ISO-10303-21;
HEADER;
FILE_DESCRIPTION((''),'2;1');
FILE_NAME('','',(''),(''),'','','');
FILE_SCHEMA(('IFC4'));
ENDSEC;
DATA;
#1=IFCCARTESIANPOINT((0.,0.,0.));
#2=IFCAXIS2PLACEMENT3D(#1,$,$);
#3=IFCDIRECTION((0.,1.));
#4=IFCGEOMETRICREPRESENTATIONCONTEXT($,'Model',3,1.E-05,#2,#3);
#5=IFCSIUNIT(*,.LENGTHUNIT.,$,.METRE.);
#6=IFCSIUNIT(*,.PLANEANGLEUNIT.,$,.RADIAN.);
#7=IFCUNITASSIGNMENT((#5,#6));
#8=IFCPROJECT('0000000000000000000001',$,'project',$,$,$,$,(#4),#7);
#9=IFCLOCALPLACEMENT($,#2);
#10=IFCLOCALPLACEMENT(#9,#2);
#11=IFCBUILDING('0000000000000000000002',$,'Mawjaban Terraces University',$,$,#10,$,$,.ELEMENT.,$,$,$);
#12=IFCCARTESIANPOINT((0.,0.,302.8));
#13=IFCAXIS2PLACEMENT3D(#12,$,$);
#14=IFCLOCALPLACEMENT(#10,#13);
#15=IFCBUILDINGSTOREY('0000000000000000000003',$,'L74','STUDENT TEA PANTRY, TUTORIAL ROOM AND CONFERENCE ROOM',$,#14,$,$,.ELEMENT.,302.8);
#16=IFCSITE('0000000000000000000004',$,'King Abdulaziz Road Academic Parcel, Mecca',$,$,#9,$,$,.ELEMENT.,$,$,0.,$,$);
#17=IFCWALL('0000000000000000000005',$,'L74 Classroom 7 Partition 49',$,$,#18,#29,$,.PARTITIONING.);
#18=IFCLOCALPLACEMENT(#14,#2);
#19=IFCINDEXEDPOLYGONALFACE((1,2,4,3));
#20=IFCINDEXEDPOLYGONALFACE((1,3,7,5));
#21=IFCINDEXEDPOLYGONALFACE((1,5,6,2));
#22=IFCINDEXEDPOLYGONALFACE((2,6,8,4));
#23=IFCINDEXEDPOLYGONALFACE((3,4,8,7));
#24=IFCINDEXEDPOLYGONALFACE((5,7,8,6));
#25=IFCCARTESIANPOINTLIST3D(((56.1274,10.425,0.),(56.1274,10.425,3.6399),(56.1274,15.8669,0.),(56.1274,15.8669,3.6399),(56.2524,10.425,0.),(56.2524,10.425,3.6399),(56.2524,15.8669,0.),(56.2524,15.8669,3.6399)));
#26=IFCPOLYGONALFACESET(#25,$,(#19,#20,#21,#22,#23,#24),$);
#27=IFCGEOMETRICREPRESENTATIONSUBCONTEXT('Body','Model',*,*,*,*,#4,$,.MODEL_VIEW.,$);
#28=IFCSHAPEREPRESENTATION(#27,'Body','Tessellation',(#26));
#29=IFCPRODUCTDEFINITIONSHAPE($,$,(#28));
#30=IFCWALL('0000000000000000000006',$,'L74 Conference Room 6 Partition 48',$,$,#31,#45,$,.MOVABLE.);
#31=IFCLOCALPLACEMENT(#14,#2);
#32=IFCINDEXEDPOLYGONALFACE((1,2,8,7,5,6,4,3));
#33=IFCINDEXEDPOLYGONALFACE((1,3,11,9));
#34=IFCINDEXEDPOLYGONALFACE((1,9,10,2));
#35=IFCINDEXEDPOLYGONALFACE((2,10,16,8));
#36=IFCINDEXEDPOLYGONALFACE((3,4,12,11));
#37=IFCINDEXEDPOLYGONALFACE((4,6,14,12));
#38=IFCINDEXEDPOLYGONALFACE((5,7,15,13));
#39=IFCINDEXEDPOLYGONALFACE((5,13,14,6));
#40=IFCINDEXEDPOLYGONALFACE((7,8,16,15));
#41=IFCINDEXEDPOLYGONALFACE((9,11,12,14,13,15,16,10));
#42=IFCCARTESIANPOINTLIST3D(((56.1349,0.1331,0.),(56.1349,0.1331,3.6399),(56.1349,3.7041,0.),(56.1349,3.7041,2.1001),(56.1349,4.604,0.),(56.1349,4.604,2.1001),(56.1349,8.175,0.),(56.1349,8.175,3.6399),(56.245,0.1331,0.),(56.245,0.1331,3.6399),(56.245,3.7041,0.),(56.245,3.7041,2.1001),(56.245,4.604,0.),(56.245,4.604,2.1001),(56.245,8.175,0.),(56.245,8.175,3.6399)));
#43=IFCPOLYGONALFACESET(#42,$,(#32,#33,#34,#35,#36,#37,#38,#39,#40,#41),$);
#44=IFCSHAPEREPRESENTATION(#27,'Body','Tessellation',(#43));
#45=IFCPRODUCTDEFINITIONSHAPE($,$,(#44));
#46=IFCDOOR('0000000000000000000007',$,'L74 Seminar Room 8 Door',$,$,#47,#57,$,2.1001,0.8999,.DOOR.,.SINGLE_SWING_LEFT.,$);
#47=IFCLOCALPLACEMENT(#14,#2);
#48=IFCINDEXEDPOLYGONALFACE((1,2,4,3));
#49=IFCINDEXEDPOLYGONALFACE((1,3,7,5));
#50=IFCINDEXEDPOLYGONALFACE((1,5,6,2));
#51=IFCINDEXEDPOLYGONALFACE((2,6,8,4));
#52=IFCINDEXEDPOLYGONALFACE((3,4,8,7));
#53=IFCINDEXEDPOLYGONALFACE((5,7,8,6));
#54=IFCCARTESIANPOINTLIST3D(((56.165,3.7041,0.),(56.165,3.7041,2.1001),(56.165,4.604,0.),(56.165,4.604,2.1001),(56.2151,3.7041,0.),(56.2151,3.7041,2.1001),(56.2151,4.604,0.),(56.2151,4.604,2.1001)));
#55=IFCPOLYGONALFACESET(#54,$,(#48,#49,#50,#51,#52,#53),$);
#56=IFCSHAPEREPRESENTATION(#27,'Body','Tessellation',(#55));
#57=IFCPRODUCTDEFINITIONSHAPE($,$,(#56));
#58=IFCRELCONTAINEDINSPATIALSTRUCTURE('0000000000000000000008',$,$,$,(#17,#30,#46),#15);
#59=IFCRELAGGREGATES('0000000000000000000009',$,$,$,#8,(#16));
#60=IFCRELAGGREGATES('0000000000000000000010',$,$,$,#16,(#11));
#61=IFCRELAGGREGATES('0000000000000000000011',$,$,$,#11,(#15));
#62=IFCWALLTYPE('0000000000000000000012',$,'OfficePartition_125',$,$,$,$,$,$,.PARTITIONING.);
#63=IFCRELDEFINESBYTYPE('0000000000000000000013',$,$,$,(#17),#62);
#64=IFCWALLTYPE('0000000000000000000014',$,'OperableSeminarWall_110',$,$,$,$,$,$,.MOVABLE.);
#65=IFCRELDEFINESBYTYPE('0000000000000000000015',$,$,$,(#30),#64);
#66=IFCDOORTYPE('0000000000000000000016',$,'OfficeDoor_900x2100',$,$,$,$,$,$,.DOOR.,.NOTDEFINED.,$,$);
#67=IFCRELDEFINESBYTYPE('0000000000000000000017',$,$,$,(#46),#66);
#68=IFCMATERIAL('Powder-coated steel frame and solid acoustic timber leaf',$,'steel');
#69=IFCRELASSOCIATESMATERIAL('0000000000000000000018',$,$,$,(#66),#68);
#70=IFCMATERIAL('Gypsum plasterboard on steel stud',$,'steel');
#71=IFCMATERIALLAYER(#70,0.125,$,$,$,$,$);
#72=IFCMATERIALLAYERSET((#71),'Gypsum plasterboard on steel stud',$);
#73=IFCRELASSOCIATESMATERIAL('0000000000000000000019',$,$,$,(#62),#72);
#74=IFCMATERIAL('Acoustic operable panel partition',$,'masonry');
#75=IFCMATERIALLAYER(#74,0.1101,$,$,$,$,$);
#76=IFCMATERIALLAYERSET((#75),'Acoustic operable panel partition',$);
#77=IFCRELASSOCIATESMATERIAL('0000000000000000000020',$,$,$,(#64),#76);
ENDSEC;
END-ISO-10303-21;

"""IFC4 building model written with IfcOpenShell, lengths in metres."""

from ifc_helpers import new_model, si_unit, direction, frame, frame_2d, origin, place, context, subcontext, project, spatial, rectangle, extrude, material, layer, layer_set, type_object, element, fill, save


model = new_model("IFC4")

# Units and contexts
model_context = context("Model", 3, precision=1e-05, world=origin(), true_north=direction((0.0, 1.0)))
body_context = subcontext(model_context, "Body", "Model", "MODEL_VIEW")
ifc_project = project(units=[si_unit("LENGTHUNIT", "METRE"), si_unit("PLANEANGLEUNIT", "RADIAN")], contexts=[model_context])

# Site, building, storey
site_placement = place(None, origin())
site = spatial("IfcSite", under=ifc_project, at=site_placement, Name="King Abdulaziz Road Academic Parcel, Mecca", CompositionType="ELEMENT", RefElevation=0.0)
building_placement = place(site_placement, origin())
building = spatial("IfcBuilding", under=site, at=building_placement, Name="Mawjaban Terraces University", CompositionType="ELEMENT")
storey_placement = place(building_placement, frame((0.0, 0.0, 302.8)))
storey = spatial("IfcBuildingStorey", under=building, at=storey_placement, Name="L74", Description="STUDENT TEA PANTRY, TUTORIAL ROOM AND CONFERENCE ROOM", CompositionType="ELEMENT", Elevation=302.8)

# Shared definitions
ifc_material_1 = material(Name="Powder-coated steel frame and solid acoustic timber leaf", Category="steel")
door_type_1 = type_object("IfcDoorType", Name="OfficeDoor_900x2100", OperationType="NOTDEFINED", PredefinedType="DOOR", material=ifc_material_1)

# Wall
ifc_material_2 = material(Name="Gypsum plasterboard on steel stud", Category="steel")
ifc_layer_1 = layer(ifc_material_2, 0.125)
ifc_layer_set_1 = layer_set([ifc_layer_1], Name="Gypsum plasterboard on steel stud")
wall_type_1 = type_object("IfcWallType", Name="OfficePartition_125", PredefinedType="PARTITIONING", material=ifc_layer_set_1)
wall_1_placement = place(storey_placement, frame((56.1899, 10.425, 0.0), z_axis=(0.0, 0.0, 1.0), x_axis=(0.0, 1.0, 0.0)))
element("IfcWall", 1, at=wall_1_placement, inside=storey, type_object=wall_type_1, Name="L74 Classroom 7 Partition 49", PredefinedType="PARTITIONING", context=body_context, shape_type="SweptSolid", body=[
    extrude(rectangle(XDim=5.4419, YDim=0.125, at=frame_2d((2.7209, 0.0))), origin(), (0.0, 0.0, 1.0), 3.6399),
])

# Wall, opening, door
ifc_material_3 = material(Name="Acoustic operable panel partition", Category="masonry")
ifc_layer_2 = layer(ifc_material_3, 0.1101)
ifc_layer_set_2 = layer_set([ifc_layer_2], Name="Acoustic operable panel partition")
wall_type_2 = type_object("IfcWallType", Name="OperableSeminarWall_110", PredefinedType="MOVABLE", material=ifc_layer_set_2)
wall_2_placement = place(storey_placement, frame((56.1899, 0.1331, 0.0), z_axis=(0.0, 0.0, 1.0), x_axis=(0.0, 1.0, 0.0)))
wall_2 = element("IfcWall", 2, at=wall_2_placement, inside=storey, type_object=wall_type_2, Name="L74 Conference Room 6 Partition 48", PredefinedType="MOVABLE", context=body_context, shape_type="SweptSolid", body=[
    extrude(rectangle(XDim=8.042, YDim=0.1101, at=frame_2d((4.021, 0.0))), origin(), (0.0, 0.0, 1.0), 3.6399),
])
opening_1_placement = place(wall_2_placement, frame((3.571, 0.0, 0.0)))
opening_1 = element("IfcOpeningElement", 3, at=opening_1_placement, cuts=wall_2, PredefinedType="OPENING", context=body_context, shape_type="SweptSolid", body=[
    extrude(rectangle(XDim=0.8999, YDim=2.1001, at=frame_2d((0.45, 1.05))), frame((0.0, 0.0649, 0.0), z_axis=(0.0, -1.0, 0.0), x_axis=(1.0, 0.0, 0.0)), (0.0, 0.0, 1.0), 0.1301),
])
door_1_placement = place(opening_1_placement, origin())
door_1 = element("IfcDoor", 4, at=door_1_placement, inside=storey, type_object=door_type_1, Name="L74 Seminar Room 8 Door", OperationType="SINGLE_SWING_LEFT", OverallHeight=2.1001, OverallWidth=0.8999, PredefinedType="DOOR", context=body_context, shape_type="SweptSolid", body=[
    extrude(rectangle(XDim=0.8999, YDim=2.1001, at=frame_2d((0.45, 1.05))), frame((0.0, 0.0249, 0.0), z_axis=(0.0, -1.0, 0.0), x_axis=(1.0, 0.0, 0.0)), (0.0, 0.0, 1.0), 0.05),
])
fill(opening_1, door_1)

save(model, "model.ifc")
